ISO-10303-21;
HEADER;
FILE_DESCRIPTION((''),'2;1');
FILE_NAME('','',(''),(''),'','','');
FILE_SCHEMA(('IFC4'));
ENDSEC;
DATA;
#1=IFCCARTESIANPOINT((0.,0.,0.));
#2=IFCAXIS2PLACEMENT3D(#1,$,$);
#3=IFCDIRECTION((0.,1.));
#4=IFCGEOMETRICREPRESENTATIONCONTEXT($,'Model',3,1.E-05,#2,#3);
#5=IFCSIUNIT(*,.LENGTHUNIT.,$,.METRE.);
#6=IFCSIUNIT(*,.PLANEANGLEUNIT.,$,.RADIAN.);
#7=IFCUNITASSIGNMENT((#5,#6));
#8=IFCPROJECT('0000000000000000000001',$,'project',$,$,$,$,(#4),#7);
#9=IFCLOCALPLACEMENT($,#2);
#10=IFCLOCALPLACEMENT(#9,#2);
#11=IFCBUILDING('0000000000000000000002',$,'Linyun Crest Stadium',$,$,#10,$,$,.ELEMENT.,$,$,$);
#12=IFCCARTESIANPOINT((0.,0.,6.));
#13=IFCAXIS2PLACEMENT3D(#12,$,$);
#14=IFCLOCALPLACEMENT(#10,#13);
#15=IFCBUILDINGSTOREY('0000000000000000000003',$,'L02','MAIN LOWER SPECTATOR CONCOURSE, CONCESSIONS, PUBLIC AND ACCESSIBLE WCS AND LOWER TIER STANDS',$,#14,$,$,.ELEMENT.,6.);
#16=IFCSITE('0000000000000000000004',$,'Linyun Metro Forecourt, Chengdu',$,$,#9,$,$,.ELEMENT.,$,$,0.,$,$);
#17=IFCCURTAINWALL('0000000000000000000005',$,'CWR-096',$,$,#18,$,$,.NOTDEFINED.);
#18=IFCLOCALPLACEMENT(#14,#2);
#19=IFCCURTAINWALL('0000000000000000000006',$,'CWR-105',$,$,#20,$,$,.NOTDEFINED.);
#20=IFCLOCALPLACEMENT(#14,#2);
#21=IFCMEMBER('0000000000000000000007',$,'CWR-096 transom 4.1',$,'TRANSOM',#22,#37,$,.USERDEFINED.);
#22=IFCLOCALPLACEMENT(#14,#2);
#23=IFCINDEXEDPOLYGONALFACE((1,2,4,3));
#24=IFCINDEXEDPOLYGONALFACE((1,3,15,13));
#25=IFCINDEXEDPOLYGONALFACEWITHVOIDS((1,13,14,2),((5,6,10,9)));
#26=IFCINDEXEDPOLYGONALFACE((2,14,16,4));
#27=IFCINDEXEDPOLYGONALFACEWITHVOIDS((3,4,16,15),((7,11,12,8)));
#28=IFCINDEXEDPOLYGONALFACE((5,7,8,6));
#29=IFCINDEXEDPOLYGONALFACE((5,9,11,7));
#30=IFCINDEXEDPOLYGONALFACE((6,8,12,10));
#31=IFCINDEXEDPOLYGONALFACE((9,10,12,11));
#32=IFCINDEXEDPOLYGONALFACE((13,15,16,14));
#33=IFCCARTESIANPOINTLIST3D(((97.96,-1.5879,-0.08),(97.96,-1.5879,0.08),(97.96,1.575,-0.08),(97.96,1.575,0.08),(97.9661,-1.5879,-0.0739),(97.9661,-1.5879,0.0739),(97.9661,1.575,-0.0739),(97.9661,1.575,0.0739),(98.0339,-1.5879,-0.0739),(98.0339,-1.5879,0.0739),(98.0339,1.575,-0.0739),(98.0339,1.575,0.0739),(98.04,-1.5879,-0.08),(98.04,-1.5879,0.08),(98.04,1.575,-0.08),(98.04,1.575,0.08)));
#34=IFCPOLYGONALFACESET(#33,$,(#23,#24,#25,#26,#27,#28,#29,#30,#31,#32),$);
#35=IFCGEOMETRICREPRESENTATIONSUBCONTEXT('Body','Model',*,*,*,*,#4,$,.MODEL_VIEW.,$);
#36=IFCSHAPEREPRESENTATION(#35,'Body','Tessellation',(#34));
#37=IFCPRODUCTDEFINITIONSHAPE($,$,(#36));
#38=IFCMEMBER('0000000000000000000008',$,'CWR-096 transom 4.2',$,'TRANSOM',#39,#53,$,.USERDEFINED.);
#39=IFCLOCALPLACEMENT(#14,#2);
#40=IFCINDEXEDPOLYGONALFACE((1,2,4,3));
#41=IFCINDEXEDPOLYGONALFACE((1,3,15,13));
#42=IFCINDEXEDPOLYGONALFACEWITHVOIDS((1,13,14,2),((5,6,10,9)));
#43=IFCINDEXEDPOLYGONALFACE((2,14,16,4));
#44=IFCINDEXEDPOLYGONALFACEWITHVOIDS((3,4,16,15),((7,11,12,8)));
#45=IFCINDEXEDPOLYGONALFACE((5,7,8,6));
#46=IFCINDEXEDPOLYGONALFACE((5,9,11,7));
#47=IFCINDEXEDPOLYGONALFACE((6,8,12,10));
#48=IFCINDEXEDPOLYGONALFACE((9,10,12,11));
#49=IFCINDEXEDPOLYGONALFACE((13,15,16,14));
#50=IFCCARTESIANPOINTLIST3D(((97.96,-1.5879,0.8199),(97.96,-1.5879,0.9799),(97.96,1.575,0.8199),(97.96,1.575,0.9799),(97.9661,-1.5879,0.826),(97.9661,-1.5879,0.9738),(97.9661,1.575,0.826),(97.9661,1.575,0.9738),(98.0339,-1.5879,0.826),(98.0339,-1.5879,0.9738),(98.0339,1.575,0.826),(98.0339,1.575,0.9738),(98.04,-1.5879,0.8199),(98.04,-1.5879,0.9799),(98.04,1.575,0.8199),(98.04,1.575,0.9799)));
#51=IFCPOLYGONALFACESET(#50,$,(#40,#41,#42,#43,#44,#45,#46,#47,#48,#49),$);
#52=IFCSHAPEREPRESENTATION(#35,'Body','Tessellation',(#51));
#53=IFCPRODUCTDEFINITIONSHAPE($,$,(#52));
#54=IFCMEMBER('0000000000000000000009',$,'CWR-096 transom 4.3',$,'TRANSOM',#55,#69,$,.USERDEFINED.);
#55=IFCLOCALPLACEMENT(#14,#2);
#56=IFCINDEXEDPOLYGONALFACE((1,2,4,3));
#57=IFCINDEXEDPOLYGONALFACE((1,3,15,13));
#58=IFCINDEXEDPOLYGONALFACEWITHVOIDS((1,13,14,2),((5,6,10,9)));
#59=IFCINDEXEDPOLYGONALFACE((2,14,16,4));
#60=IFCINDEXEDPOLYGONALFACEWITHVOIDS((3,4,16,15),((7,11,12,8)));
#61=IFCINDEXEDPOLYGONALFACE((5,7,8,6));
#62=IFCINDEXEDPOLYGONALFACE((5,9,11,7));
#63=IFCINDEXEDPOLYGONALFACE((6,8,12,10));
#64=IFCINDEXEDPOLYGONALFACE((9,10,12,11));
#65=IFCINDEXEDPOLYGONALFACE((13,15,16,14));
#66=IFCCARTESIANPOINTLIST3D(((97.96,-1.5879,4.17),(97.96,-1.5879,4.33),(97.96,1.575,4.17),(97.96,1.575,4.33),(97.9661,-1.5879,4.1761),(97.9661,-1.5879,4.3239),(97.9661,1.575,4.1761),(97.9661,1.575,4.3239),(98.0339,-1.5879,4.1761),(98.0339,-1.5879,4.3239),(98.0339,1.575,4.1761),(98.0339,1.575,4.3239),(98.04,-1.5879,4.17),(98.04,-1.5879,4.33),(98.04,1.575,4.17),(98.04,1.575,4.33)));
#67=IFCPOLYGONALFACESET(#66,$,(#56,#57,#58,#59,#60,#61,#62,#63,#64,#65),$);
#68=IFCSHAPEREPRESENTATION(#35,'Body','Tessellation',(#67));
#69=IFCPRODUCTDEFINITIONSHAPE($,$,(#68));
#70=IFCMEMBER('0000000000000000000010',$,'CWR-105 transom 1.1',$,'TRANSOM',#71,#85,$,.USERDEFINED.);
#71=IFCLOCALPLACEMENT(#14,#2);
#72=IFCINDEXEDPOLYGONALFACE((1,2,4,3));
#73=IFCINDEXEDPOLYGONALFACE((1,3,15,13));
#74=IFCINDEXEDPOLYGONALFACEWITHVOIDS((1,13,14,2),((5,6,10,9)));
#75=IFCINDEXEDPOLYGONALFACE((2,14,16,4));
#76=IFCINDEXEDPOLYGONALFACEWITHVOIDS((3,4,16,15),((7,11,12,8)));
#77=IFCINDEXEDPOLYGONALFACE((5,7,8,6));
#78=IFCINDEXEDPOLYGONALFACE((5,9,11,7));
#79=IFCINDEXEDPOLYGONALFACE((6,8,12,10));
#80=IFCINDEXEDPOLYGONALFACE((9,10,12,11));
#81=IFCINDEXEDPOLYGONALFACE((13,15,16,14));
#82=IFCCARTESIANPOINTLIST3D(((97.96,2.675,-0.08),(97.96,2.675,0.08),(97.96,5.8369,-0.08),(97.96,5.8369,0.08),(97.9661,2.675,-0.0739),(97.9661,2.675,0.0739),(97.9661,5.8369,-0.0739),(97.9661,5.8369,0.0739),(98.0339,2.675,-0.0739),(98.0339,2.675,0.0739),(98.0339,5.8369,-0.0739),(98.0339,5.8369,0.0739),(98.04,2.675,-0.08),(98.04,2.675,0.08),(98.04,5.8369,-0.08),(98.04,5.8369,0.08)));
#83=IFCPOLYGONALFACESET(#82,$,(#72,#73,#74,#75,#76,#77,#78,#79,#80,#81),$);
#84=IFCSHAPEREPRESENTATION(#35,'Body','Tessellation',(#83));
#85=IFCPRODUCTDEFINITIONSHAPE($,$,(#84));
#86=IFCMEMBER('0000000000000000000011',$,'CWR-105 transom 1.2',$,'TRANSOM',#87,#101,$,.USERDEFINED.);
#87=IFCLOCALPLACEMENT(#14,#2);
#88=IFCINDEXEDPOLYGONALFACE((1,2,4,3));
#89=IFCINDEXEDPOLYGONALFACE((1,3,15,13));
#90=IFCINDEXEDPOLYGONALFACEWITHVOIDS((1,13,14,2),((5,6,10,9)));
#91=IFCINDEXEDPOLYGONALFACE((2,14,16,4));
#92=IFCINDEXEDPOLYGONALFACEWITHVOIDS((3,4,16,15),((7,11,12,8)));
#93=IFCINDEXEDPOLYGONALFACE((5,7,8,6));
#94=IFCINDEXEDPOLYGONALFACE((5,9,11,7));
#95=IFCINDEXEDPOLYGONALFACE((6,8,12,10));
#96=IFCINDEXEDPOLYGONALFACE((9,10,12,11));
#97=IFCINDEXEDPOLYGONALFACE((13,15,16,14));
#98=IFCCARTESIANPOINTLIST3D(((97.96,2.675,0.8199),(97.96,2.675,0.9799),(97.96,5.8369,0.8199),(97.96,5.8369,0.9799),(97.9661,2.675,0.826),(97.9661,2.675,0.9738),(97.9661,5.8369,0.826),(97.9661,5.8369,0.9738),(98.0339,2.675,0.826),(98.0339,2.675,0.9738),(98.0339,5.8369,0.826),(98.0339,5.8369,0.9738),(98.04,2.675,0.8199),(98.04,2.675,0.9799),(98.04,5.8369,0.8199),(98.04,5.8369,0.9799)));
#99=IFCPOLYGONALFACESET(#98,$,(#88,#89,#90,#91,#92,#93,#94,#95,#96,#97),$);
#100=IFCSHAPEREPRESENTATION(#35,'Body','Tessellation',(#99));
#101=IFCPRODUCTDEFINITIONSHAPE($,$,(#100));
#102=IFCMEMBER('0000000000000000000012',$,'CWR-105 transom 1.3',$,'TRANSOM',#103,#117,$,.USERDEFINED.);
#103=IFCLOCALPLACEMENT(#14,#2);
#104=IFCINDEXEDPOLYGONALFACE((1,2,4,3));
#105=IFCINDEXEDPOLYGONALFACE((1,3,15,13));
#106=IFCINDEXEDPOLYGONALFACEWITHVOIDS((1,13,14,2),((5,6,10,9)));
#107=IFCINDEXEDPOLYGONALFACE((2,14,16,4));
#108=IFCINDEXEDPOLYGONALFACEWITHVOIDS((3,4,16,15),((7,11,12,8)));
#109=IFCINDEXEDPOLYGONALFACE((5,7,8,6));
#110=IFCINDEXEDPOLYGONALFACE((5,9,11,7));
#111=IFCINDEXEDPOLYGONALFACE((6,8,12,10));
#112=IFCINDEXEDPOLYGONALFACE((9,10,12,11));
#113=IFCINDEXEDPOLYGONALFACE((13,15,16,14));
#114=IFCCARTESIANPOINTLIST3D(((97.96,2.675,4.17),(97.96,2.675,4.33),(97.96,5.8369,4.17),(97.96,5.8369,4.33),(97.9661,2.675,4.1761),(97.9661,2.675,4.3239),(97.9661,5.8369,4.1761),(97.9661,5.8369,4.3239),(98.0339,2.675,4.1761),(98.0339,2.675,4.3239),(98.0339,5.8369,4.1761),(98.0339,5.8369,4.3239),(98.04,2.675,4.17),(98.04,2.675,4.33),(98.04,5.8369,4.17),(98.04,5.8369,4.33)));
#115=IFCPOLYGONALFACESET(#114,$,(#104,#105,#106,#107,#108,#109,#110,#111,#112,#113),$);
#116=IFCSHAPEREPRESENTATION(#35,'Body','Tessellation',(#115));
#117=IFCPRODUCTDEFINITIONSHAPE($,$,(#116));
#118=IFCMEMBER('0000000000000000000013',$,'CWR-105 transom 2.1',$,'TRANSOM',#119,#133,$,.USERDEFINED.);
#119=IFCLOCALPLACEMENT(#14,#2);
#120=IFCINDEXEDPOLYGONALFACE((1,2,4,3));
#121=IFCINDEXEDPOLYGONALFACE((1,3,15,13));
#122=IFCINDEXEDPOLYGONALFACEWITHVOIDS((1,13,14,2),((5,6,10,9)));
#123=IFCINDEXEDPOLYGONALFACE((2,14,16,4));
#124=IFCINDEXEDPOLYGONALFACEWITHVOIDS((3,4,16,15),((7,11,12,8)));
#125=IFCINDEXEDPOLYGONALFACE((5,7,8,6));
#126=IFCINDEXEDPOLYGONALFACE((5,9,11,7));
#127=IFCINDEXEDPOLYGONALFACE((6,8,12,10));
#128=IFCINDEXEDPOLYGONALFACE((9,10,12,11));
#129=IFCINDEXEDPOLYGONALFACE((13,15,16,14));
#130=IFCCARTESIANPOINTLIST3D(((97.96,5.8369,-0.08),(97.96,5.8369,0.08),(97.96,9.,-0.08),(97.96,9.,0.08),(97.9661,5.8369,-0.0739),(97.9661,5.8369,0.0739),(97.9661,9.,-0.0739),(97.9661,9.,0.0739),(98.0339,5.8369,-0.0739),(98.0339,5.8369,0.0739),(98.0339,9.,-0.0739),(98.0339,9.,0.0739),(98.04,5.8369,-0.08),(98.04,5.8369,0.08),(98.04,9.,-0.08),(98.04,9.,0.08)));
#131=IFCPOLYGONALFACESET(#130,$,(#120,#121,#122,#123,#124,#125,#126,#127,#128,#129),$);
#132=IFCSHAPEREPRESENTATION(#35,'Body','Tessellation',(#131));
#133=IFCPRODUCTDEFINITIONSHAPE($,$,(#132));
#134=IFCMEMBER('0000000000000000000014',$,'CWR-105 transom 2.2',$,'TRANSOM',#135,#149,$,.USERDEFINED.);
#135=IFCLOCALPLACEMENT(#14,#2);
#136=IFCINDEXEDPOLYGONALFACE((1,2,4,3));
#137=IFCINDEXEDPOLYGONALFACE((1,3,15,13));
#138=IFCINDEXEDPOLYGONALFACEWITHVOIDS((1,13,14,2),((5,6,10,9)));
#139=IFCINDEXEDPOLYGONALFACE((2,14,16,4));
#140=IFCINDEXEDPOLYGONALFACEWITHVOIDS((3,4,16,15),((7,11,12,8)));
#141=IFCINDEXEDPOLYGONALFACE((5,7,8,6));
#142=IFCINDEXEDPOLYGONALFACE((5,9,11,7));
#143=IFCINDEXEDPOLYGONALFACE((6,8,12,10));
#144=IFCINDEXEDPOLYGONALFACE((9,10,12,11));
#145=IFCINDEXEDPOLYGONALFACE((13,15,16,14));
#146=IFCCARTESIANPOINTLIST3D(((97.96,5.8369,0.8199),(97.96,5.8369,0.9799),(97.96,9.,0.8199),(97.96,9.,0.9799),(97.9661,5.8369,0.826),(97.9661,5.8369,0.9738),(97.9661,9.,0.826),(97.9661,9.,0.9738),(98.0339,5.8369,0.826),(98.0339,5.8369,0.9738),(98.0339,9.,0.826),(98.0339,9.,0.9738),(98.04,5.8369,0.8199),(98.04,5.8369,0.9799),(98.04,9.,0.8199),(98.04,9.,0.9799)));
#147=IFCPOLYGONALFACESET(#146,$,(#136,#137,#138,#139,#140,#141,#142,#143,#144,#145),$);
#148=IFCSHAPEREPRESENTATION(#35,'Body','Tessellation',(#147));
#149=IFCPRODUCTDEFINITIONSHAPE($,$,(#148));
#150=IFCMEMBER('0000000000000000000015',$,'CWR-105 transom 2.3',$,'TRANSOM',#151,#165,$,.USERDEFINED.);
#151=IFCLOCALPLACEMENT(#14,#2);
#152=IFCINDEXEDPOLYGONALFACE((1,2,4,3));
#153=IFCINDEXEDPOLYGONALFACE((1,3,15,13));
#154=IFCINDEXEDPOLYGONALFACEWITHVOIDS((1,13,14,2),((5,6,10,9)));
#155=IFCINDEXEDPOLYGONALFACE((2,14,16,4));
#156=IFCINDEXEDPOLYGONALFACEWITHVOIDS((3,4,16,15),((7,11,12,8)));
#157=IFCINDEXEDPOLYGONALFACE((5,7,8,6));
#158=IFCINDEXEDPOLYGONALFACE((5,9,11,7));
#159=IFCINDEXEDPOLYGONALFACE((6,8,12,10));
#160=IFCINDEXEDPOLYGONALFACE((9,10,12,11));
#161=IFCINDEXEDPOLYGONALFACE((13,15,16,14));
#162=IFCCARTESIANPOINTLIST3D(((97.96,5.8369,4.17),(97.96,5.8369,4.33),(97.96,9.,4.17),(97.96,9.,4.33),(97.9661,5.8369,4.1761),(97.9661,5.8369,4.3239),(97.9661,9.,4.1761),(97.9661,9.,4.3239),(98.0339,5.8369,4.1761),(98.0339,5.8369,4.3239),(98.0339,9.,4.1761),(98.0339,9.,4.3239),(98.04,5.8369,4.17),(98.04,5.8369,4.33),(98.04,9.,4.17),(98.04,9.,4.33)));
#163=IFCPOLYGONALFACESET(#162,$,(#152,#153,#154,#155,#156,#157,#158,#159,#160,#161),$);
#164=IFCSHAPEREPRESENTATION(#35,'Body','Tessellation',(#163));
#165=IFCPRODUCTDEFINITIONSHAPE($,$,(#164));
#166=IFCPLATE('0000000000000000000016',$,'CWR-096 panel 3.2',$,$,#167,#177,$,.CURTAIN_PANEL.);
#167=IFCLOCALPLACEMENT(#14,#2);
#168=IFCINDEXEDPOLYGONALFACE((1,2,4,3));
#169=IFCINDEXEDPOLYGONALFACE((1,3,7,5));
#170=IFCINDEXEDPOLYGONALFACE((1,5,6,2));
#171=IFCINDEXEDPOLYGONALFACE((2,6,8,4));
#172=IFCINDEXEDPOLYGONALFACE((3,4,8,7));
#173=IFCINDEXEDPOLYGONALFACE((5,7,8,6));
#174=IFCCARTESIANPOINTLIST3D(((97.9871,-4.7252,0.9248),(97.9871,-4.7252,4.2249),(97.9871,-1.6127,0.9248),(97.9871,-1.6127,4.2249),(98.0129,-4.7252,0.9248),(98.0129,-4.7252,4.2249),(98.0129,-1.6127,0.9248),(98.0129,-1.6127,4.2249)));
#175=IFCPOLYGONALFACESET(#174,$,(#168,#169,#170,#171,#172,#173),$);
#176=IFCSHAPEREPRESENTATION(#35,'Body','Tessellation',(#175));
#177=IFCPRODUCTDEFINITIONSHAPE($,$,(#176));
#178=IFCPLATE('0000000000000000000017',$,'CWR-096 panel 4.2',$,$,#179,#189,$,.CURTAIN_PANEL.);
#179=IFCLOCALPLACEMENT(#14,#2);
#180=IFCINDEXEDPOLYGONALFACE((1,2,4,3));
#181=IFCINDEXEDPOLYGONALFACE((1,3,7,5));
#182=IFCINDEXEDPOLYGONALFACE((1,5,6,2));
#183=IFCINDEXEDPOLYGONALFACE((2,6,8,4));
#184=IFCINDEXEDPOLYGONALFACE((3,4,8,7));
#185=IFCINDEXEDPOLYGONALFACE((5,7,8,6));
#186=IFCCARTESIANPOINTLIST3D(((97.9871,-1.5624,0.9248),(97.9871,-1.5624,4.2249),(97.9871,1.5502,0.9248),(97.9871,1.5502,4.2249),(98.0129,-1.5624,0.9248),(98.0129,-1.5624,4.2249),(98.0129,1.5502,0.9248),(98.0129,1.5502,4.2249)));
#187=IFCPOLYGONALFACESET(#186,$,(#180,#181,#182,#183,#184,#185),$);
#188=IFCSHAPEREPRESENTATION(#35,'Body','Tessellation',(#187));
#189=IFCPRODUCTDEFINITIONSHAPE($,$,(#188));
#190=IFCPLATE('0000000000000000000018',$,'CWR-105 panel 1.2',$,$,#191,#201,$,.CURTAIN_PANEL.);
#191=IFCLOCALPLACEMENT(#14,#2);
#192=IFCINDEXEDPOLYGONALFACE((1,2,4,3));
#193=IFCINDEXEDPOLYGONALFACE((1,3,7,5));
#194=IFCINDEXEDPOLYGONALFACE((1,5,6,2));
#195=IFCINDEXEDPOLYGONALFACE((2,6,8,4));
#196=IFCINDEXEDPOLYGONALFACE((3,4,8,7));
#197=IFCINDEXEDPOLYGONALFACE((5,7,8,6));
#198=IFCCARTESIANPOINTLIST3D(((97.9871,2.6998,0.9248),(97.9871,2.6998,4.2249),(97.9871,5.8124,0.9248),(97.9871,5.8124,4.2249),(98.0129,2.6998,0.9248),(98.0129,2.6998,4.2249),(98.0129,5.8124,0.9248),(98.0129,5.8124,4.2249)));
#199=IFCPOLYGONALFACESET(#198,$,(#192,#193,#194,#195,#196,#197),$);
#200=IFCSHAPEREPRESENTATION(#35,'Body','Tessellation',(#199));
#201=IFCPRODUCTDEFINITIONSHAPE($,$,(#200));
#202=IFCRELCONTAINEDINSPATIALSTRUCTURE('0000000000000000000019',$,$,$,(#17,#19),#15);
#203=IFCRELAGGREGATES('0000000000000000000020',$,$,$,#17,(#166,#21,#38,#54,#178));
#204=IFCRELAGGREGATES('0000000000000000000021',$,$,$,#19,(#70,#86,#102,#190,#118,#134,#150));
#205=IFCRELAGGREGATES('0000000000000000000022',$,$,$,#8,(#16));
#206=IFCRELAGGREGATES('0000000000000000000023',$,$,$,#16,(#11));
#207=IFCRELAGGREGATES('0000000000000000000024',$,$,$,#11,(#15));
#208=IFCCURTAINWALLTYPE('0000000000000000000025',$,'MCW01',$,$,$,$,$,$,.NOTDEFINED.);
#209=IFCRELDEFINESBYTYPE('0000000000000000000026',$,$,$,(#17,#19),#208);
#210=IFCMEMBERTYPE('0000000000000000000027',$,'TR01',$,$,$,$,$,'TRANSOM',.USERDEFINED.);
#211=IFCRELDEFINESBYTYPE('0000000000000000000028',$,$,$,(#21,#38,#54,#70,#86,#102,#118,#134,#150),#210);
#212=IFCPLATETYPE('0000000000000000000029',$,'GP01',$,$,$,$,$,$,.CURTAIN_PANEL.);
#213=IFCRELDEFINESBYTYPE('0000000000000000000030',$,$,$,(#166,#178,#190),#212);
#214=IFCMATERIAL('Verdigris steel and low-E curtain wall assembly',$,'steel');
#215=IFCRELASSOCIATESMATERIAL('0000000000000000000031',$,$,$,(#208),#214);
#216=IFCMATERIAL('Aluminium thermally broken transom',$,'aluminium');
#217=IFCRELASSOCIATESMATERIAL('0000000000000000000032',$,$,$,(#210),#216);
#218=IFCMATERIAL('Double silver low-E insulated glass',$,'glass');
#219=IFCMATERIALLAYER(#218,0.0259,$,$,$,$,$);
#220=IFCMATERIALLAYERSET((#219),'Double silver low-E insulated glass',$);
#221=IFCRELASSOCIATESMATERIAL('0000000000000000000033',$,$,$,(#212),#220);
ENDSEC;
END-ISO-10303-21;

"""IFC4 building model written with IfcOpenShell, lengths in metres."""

from ifc_helpers import new_model, si_unit, direction, frame, origin, origin_2d, place, context, subcontext, project, spatial, rectangle, hollow_rectangle, extrude, material, layer, layer_set, material_profile, profile_set, type_object, element, aggregate, save


model = new_model("IFC4")

# Units and contexts
model_context = context("Model", 3, precision=1e-05, world=origin(), true_north=direction((0.0, 1.0)))
body_context = subcontext(model_context, "Body", "Model", "MODEL_VIEW")
ifc_project = project(units=[si_unit("LENGTHUNIT", "METRE"), si_unit("PLANEANGLEUNIT", "RADIAN")], contexts=[model_context])

# Site, building, storey
site_placement = place(None, origin())
site = spatial("IfcSite", under=ifc_project, at=site_placement, Name="Linyun Metro Forecourt, Chengdu", CompositionType="ELEMENT", RefElevation=0.0)
building_placement = place(site_placement, origin())
building = spatial("IfcBuilding", under=site, at=building_placement, Name="Linyun Crest Stadium", CompositionType="ELEMENT")
storey_placement = place(building_placement, frame((0.0, 0.0, 6.0)))
storey = spatial("IfcBuildingStorey", under=building, at=storey_placement, Name="L02", Description="MAIN LOWER SPECTATOR CONCOURSE, CONCESSIONS, PUBLIC AND ACCESSIBLE WCS AND LOWER TIER STANDS", CompositionType="ELEMENT", Elevation=6.0)

# Curtain walls
ifc_material_1 = material(Name="Verdigris steel and low-E curtain wall assembly", Category="steel")
curtain_wall_type = type_object("IfcCurtainWallType", Name="MCW01", PredefinedType="NOTDEFINED", material=ifc_material_1)
curtain_wall_1_placement = place(storey_placement, origin())
curtain_wall_1 = element("IfcCurtainWall", 1, at=curtain_wall_1_placement, inside=storey, type_object=curtain_wall_type, Name="CWR-096", PredefinedType="NOTDEFINED")
curtain_wall_2_placement = place(storey_placement, origin())
curtain_wall_2 = element("IfcCurtainWall", 2, at=curtain_wall_2_placement, inside=storey, type_object=curtain_wall_type, Name="CWR-105", PredefinedType="NOTDEFINED")

# Members
ifc_material_2 = material(Name="Aluminium thermally broken transom", Category="aluminium")
ifc_material_profile_1 = material_profile(ifc_material_2, hollow_rectangle(XDim=0.0801, YDim=0.1599, WallThickness=0.0061, at=origin_2d()), Name="RHS 160x80x6")
ifc_profile_set_1 = profile_set([ifc_material_profile_1], Name="Aluminium thermally broken transom")
member_type_1 = type_object("IfcMemberType", Name="TR01", ElementType="TRANSOM", PredefinedType="USERDEFINED", material=ifc_profile_set_1)
member_1_placement = place(storey_placement, frame((98.0, -1.5879, 0.0), z_axis=(0.0, 1.0, 0.0), x_axis=(-1.0, 0.0, 0.0)))
member_1 = element("IfcMember", 3, at=member_1_placement, type_object=member_type_1, Name="CWR-096 transom 4.1", ObjectType="TRANSOM", PredefinedType="USERDEFINED", context=body_context, shape_type="SweptSolid", body=[
    extrude(hollow_rectangle(XDim=0.0801, YDim=0.1599, WallThickness=0.0061, at=origin_2d()), origin(), (0.0, 0.0, 1.0), 3.1628),
])
member_2_placement = place(storey_placement, frame((98.0, -1.5879, 0.8999), z_axis=(0.0, 1.0, 0.0), x_axis=(-1.0, 0.0, 0.0)))
member_2 = element("IfcMember", 4, at=member_2_placement, type_object=member_type_1, Name="CWR-096 transom 4.2", ObjectType="TRANSOM", PredefinedType="USERDEFINED", context=body_context, shape_type="SweptSolid", body=[
    extrude(hollow_rectangle(XDim=0.0801, YDim=0.1599, WallThickness=0.0061, at=origin_2d()), origin(), (0.0, 0.0, 1.0), 3.1628),
])
member_3_placement = place(storey_placement, frame((98.0, -1.5879, 4.25), z_axis=(0.0, 1.0, 0.0), x_axis=(-1.0, 0.0, 0.0)))
member_3 = element("IfcMember", 5, at=member_3_placement, type_object=member_type_1, Name="CWR-096 transom 4.3", ObjectType="TRANSOM", PredefinedType="USERDEFINED", context=body_context, shape_type="SweptSolid", body=[
    extrude(hollow_rectangle(XDim=0.0801, YDim=0.1599, WallThickness=0.0061, at=origin_2d()), origin(), (0.0, 0.0, 1.0), 3.1628),
])
member_4_placement = place(storey_placement, frame((98.0, 2.675, 0.0), z_axis=(0.0, 1.0, 0.0), x_axis=(-1.0, 0.0, 0.0)))
member_4 = element("IfcMember", 6, at=member_4_placement, type_object=member_type_1, Name="CWR-105 transom 1.1", ObjectType="TRANSOM", PredefinedType="USERDEFINED", context=body_context, shape_type="SweptSolid", body=[
    extrude(hollow_rectangle(XDim=0.0801, YDim=0.1599, WallThickness=0.0061, at=origin_2d()), origin(), (0.0, 0.0, 1.0), 3.1619),
])
member_5_placement = place(storey_placement, frame((98.0, 2.675, 0.8999), z_axis=(0.0, 1.0, 0.0), x_axis=(-1.0, 0.0, 0.0)))
member_5 = element("IfcMember", 7, at=member_5_placement, type_object=member_type_1, Name="CWR-105 transom 1.2", ObjectType="TRANSOM", PredefinedType="USERDEFINED", context=body_context, shape_type="SweptSolid", body=[
    extrude(hollow_rectangle(XDim=0.0801, YDim=0.1599, WallThickness=0.0061, at=origin_2d()), origin(), (0.0, 0.0, 1.0), 3.1619),
])
member_6_placement = place(storey_placement, frame((98.0, 2.675, 4.25), z_axis=(0.0, 1.0, 0.0), x_axis=(-1.0, 0.0, 0.0)))
member_6 = element("IfcMember", 8, at=member_6_placement, type_object=member_type_1, Name="CWR-105 transom 1.3", ObjectType="TRANSOM", PredefinedType="USERDEFINED", context=body_context, shape_type="SweptSolid", body=[
    extrude(hollow_rectangle(XDim=0.0801, YDim=0.1599, WallThickness=0.0061, at=origin_2d()), origin(), (0.0, 0.0, 1.0), 3.1619),
])
member_7_placement = place(storey_placement, frame((98.0, 5.8369, 0.0), z_axis=(0.0, 1.0, 0.0), x_axis=(-1.0, 0.0, 0.0)))
member_7 = element("IfcMember", 9, at=member_7_placement, type_object=member_type_1, Name="CWR-105 transom 2.1", ObjectType="TRANSOM", PredefinedType="USERDEFINED", context=body_context, shape_type="SweptSolid", body=[
    extrude(hollow_rectangle(XDim=0.0801, YDim=0.1599, WallThickness=0.0061, at=origin_2d()), origin(), (0.0, 0.0, 1.0), 3.1631),
])
member_8_placement = place(storey_placement, frame((98.0, 5.8369, 0.8999), z_axis=(0.0, 1.0, 0.0), x_axis=(-1.0, 0.0, 0.0)))
member_8 = element("IfcMember", 10, at=member_8_placement, type_object=member_type_1, Name="CWR-105 transom 2.2", ObjectType="TRANSOM", PredefinedType="USERDEFINED", context=body_context, shape_type="SweptSolid", body=[
    extrude(hollow_rectangle(XDim=0.0801, YDim=0.1599, WallThickness=0.0061, at=origin_2d()), origin(), (0.0, 0.0, 1.0), 3.1631),
])
member_9_placement = place(storey_placement, frame((98.0, 5.8369, 4.25), z_axis=(0.0, 1.0, 0.0), x_axis=(-1.0, 0.0, 0.0)))
member_9 = element("IfcMember", 11, at=member_9_placement, type_object=member_type_1, Name="CWR-105 transom 2.3", ObjectType="TRANSOM", PredefinedType="USERDEFINED", context=body_context, shape_type="SweptSolid", body=[
    extrude(hollow_rectangle(XDim=0.0801, YDim=0.1599, WallThickness=0.0061, at=origin_2d()), origin(), (0.0, 0.0, 1.0), 3.1631),
])

# Plates
ifc_material_3 = material(Name="Double silver low-E insulated glass", Category="glass")
ifc_layer_1 = layer(ifc_material_3, 0.0259)
ifc_layer_set_1 = layer_set([ifc_layer_1], Name="Double silver low-E insulated glass")
plate_type_1 = type_object("IfcPlateType", Name="GP01", PredefinedType="CURTAIN_PANEL", material=ifc_layer_set_1)
plate_1_placement = place(storey_placement, frame((98.0, -3.1689, 0.9248), z_axis=(0.0, 0.0, 1.0), x_axis=(0.0, 1.0, 0.0)))
plate_1 = element("IfcPlate", 12, at=plate_1_placement, type_object=plate_type_1, Name="CWR-096 panel 3.2", PredefinedType="CURTAIN_PANEL", context=body_context, shape_type="SweptSolid", body=[
    extrude(rectangle(XDim=3.1125, YDim=0.0259, at=origin_2d()), origin(), (0.0, 0.0, 1.0), 3.3),
])
plate_2_placement = place(storey_placement, frame((98.0, -0.0061, 0.9248), z_axis=(0.0, 0.0, 1.0), x_axis=(0.0, 1.0, 0.0)))
plate_2 = element("IfcPlate", 13, at=plate_2_placement, type_object=plate_type_1, Name="CWR-096 panel 4.2", PredefinedType="CURTAIN_PANEL", context=body_context, shape_type="SweptSolid", body=[
    extrude(rectangle(XDim=3.1125, YDim=0.0259, at=origin_2d()), origin(), (0.0, 0.0, 1.0), 3.3),
])
plate_3_placement = place(storey_placement, frame((98.0, 4.2561, 0.9248), z_axis=(0.0, 0.0, 1.0), x_axis=(0.0, 1.0, 0.0)))
plate_3 = element("IfcPlate", 14, at=plate_3_placement, type_object=plate_type_1, Name="CWR-105 panel 1.2", PredefinedType="CURTAIN_PANEL", context=body_context, shape_type="SweptSolid", body=[
    extrude(rectangle(XDim=3.1125, YDim=0.0259, at=origin_2d()), origin(), (0.0, 0.0, 1.0), 3.3),
])
aggregate(curtain_wall_1, [plate_1, member_1, member_2, member_3, plate_2])
aggregate(curtain_wall_2, [member_4, member_5, member_6, plate_3, member_7, member_8, member_9])

save(model, "model.ifc")
